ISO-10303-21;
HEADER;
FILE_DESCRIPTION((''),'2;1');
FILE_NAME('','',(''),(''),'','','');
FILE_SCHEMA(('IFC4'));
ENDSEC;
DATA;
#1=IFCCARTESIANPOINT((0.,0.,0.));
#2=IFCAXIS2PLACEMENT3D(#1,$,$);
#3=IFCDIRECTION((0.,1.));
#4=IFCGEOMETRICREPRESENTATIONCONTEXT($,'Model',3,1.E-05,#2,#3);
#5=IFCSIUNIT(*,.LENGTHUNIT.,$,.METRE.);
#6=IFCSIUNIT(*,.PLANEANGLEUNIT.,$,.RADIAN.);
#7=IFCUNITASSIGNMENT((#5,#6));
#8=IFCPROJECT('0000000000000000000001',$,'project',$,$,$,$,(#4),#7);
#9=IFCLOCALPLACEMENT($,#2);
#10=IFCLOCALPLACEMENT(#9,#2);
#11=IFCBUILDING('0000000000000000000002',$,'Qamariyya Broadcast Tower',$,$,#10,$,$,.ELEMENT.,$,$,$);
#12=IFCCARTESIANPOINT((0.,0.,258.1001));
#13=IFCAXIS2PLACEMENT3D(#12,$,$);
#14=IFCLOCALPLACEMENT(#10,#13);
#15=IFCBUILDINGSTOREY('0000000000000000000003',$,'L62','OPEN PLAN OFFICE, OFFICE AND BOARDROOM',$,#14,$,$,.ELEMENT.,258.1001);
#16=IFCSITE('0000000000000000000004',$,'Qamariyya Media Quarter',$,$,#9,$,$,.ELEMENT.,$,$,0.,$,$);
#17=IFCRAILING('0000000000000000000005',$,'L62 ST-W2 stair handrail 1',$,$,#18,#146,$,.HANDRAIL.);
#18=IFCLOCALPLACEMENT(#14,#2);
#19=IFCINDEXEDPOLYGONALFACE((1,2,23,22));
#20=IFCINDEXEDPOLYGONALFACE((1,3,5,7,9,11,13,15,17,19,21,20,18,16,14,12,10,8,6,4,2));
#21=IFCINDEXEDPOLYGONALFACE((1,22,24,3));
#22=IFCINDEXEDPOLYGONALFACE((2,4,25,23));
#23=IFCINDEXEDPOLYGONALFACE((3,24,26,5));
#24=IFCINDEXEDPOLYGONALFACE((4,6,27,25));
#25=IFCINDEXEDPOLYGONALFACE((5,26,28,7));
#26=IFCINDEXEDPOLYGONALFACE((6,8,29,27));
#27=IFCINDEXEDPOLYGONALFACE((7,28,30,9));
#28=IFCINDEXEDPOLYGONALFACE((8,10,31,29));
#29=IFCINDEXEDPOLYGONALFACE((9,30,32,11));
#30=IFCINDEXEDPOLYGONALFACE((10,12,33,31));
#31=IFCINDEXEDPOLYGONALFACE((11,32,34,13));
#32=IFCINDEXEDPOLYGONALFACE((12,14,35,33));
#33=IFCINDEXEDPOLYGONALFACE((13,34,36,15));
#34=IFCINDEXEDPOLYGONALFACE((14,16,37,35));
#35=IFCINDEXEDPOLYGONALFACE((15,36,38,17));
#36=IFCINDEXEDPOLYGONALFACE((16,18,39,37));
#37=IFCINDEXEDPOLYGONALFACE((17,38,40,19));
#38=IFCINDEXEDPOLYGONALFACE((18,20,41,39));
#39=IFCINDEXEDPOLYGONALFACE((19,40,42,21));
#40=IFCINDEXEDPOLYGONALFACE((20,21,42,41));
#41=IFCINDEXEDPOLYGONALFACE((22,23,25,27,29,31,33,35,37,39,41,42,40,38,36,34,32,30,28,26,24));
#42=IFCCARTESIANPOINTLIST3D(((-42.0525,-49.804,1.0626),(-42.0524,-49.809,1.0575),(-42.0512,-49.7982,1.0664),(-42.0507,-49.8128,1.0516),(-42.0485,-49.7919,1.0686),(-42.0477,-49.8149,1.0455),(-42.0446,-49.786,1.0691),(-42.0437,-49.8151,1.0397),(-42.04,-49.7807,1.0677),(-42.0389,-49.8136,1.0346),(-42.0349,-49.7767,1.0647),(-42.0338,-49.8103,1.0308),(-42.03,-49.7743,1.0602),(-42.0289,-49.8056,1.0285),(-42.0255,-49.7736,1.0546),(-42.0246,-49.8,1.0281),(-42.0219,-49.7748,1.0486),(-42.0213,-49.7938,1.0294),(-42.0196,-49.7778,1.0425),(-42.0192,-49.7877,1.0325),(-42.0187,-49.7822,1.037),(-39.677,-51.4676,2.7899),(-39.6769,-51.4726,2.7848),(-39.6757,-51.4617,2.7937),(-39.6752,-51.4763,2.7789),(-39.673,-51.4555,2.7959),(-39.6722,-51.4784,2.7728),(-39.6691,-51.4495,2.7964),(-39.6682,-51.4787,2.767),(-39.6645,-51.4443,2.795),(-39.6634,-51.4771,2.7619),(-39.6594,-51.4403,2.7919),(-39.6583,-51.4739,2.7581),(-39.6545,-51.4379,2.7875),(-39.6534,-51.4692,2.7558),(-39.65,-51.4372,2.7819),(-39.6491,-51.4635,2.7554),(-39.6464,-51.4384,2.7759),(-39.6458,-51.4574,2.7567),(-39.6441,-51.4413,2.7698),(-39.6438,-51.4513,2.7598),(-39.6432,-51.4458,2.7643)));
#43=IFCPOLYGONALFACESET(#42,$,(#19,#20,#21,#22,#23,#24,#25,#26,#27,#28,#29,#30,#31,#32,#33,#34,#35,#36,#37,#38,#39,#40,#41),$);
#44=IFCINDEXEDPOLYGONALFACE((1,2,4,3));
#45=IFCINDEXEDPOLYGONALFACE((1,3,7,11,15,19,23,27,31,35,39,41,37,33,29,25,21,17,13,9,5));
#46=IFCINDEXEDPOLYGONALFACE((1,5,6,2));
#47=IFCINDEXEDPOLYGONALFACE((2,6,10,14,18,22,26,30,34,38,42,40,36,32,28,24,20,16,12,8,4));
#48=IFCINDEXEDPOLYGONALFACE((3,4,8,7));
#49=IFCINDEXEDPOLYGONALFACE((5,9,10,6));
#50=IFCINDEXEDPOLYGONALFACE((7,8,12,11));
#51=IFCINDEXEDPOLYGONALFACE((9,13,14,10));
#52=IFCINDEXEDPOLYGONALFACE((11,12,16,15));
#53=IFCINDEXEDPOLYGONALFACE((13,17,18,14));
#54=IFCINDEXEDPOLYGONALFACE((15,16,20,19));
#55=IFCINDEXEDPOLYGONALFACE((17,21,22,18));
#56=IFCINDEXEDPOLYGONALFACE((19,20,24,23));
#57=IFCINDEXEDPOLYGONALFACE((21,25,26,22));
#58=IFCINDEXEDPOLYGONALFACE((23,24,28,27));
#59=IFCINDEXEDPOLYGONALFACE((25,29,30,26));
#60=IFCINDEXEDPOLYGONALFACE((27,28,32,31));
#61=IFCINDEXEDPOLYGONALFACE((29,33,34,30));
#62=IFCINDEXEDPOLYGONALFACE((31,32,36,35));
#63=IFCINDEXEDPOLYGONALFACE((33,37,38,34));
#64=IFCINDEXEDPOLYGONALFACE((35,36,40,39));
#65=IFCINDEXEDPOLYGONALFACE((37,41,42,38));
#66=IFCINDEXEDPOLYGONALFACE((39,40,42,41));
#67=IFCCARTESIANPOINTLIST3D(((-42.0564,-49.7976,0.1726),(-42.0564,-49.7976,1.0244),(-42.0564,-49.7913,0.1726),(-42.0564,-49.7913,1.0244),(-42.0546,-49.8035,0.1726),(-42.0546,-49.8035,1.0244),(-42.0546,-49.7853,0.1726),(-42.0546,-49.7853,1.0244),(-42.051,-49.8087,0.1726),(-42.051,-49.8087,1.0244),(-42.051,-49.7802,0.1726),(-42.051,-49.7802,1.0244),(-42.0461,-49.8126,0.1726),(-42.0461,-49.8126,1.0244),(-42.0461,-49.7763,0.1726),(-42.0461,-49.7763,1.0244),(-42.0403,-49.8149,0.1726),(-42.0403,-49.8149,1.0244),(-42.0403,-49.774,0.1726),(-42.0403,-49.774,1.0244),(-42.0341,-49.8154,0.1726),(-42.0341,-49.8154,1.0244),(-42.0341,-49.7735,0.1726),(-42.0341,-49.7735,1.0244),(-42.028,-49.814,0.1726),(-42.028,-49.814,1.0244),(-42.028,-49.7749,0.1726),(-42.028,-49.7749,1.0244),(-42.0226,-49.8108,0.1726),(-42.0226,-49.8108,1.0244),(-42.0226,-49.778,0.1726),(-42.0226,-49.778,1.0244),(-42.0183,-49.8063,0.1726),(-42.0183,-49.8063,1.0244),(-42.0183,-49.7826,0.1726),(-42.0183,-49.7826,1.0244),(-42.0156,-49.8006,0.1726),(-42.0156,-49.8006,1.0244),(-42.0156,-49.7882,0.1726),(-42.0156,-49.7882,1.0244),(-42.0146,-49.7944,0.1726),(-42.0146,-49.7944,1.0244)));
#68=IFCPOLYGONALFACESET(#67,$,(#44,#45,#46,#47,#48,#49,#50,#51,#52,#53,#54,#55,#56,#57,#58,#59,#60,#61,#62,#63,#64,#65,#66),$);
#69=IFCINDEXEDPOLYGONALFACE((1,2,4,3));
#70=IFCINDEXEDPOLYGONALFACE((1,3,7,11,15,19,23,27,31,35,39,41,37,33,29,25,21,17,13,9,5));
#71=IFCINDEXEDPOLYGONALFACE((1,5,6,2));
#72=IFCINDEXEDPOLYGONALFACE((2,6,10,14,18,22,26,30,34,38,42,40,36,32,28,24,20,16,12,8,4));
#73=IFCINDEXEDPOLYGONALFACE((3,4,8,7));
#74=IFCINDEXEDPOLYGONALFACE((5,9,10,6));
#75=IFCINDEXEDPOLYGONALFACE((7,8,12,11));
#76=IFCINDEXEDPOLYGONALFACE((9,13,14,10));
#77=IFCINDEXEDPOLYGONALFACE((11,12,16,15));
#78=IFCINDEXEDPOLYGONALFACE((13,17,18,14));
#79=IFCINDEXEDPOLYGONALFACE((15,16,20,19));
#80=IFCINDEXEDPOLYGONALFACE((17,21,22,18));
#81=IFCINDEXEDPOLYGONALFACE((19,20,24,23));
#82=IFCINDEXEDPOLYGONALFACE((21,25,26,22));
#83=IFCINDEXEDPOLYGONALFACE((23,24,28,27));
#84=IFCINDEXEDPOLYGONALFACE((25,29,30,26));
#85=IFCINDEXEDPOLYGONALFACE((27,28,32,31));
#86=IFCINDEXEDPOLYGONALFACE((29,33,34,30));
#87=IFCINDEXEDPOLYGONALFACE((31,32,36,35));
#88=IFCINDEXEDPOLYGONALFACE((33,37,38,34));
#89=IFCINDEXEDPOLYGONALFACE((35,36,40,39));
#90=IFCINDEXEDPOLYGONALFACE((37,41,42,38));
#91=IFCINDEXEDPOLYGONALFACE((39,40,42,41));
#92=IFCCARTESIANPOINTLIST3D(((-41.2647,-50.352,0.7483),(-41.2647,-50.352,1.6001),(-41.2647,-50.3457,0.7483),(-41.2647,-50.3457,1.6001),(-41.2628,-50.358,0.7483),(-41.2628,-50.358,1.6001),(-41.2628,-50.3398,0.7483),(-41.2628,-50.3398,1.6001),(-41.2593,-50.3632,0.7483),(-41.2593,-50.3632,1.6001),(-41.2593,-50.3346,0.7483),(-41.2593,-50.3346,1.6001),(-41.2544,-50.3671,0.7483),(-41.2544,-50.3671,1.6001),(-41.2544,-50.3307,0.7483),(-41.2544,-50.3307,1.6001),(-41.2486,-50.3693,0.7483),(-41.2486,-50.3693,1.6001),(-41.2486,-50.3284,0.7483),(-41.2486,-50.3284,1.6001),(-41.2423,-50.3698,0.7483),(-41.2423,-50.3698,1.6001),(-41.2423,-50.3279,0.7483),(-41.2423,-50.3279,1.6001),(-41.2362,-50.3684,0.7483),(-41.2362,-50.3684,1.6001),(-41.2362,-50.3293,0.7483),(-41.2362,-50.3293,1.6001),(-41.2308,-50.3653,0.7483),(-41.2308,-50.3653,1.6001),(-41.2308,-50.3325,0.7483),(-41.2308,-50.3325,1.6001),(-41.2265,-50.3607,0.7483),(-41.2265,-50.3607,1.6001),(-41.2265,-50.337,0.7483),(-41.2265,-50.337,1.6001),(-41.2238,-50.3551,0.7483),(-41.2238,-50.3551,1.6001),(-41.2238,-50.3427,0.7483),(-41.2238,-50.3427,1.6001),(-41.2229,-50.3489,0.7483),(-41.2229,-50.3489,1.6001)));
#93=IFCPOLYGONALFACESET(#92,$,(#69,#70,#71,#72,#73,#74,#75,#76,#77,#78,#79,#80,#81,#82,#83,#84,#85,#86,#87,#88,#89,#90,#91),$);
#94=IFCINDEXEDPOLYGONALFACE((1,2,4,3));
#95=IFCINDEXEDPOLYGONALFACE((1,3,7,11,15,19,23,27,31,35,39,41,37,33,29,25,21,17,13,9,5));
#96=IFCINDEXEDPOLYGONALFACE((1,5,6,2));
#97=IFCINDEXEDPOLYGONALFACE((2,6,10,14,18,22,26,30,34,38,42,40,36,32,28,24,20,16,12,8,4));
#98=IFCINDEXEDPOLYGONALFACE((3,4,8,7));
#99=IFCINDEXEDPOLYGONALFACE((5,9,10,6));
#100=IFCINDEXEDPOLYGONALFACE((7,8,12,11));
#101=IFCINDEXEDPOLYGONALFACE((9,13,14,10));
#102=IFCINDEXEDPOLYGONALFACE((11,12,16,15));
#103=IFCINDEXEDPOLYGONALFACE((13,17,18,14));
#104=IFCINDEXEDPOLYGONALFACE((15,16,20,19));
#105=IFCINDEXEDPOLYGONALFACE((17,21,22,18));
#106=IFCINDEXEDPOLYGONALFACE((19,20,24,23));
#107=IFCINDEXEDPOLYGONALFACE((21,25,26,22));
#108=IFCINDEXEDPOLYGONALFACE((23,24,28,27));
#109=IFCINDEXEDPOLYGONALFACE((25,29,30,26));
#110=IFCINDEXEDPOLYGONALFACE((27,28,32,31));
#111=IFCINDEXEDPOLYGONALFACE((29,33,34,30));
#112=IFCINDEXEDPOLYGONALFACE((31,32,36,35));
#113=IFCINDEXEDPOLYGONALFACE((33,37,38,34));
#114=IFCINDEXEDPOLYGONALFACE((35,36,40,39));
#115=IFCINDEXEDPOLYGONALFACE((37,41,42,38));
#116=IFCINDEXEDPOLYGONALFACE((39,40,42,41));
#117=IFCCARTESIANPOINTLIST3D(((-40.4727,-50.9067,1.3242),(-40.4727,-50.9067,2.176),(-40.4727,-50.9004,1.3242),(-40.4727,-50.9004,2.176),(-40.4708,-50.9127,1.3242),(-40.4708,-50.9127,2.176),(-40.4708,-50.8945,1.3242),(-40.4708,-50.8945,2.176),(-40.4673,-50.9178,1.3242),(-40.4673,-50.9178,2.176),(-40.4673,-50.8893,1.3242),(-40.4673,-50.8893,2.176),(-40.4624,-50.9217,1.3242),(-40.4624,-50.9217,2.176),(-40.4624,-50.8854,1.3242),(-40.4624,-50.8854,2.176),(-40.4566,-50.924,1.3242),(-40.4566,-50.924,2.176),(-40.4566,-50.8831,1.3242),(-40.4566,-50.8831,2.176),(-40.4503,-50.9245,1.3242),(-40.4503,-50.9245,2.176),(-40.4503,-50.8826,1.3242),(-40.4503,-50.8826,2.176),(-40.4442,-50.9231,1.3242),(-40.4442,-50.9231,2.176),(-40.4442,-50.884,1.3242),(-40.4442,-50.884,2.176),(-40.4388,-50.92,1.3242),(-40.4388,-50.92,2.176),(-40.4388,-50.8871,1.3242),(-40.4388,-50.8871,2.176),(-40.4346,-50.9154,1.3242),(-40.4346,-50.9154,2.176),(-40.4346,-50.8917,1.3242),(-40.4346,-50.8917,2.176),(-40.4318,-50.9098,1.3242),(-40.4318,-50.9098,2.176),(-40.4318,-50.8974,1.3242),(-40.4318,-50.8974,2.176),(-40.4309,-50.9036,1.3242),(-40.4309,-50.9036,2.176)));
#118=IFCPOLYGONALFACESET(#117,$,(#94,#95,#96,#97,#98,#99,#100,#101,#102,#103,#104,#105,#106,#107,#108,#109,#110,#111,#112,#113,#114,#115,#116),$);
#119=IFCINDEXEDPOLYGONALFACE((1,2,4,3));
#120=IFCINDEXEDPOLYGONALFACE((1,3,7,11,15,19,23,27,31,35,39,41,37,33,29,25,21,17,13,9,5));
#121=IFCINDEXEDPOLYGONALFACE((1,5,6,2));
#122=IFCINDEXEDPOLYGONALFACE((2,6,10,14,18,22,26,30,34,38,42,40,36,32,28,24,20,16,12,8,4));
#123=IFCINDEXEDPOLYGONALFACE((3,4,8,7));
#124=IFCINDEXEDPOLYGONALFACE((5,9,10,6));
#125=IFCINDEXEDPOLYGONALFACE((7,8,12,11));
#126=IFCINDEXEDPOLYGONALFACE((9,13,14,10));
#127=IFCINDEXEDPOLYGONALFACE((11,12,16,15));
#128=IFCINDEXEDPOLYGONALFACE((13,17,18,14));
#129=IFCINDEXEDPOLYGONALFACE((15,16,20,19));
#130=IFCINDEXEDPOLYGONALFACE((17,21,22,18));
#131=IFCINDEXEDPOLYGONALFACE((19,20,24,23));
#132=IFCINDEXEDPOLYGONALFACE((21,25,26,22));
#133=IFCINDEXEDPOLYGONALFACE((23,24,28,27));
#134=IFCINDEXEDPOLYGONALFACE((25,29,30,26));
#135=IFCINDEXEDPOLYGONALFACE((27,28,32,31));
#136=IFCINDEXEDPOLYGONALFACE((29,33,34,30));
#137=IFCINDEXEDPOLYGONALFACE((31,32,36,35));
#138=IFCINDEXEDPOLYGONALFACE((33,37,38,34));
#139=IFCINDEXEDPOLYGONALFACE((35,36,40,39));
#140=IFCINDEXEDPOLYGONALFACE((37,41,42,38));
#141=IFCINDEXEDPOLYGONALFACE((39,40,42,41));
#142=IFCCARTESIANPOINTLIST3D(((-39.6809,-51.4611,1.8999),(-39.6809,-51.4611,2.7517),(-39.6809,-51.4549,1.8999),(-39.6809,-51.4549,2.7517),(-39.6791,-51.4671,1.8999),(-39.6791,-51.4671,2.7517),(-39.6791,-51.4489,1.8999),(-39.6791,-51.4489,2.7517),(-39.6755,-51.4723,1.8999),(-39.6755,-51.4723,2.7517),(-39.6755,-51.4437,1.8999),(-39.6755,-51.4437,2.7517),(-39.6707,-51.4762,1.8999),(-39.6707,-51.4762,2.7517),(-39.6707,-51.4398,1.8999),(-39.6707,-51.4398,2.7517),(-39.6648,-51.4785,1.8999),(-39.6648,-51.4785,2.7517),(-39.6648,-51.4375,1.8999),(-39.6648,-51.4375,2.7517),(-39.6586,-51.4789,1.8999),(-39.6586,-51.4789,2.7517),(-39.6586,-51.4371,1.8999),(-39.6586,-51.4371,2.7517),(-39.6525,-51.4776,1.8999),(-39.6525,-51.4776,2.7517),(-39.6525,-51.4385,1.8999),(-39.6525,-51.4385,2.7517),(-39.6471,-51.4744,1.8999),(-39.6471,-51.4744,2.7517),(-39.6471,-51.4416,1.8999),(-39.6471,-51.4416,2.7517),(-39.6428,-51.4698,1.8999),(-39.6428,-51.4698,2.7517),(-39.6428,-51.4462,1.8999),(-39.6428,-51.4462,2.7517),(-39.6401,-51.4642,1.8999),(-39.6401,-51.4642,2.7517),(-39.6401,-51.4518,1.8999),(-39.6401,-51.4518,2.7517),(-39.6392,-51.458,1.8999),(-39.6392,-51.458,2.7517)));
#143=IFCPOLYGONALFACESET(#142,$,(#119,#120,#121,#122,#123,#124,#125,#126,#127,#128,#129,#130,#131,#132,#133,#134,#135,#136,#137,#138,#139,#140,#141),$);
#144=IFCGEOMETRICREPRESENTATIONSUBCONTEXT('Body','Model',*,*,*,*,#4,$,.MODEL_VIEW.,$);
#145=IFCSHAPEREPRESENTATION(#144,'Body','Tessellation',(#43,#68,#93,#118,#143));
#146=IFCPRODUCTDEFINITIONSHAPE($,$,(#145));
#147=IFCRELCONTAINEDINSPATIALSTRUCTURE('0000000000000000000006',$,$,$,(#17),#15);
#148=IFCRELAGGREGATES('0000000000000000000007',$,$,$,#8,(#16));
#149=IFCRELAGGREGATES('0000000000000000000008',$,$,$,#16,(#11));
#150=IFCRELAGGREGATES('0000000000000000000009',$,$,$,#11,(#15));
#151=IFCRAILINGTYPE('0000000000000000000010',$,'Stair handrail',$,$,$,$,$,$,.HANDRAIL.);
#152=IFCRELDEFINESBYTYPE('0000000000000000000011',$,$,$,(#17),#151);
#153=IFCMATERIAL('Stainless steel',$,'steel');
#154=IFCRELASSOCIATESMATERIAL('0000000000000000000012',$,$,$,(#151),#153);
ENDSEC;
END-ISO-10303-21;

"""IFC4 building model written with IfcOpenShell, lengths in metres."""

from ifc_helpers import new_model, si_unit, direction, frame, origin, origin_2d, place, context, subcontext, project, spatial, circle, extrude, material, type_object, element, save


model = new_model("IFC4")

# Units and contexts
model_context = context("Model", 3, precision=1e-05, world=origin(), true_north=direction((0.0, 1.0)))
body_context = subcontext(model_context, "Body", "Model", "MODEL_VIEW")
ifc_project = project(units=[si_unit("LENGTHUNIT", "METRE"), si_unit("PLANEANGLEUNIT", "RADIAN")], contexts=[model_context])

# Site, building, storey
site_placement = place(None, origin())
site = spatial("IfcSite", under=ifc_project, at=site_placement, Name="Qamariyya Media Quarter", CompositionType="ELEMENT", RefElevation=0.0)
building_placement = place(site_placement, origin())
building = spatial("IfcBuilding", under=site, at=building_placement, Name="Qamariyya Broadcast Tower", CompositionType="ELEMENT")
storey_placement = place(building_placement, frame((0.0, 0.0, 258.1001)))
storey = spatial("IfcBuildingStorey", under=building, at=storey_placement, Name="L62", Description="OPEN PLAN OFFICE, OFFICE AND BOARDROOM", CompositionType="ELEMENT", Elevation=258.1001)

# Railing
ifc_material_1 = material(Name="Stainless steel", Category="steel")
railing_type_1 = type_object("IfcRailingType", Name="Stair handrail", PredefinedType="HANDRAIL", material=ifc_material_1)
railing_1_placement = place(storey_placement, frame((-42.0356, -49.7944, 0.1726)))
element("IfcRailing", 1, at=railing_1_placement, inside=storey, type_object=railing_type_1, Name="L62 ST-W2 stair handrail 1", PredefinedType="HANDRAIL", context=body_context, shape_type="SweptSolid", body=[
    extrude(circle(Radius=0.0239, at=origin_2d()), frame((0.0, 0.0, 0.876), z_axis=(0.703745, -0.492838, 0.511716), x_axis=(0.573632, 0.819113, 0.0)), (0.0, 0.0, 1.0), 3.3755),
    extrude(circle(Radius=0.021, at=origin_2d()), origin(), (0.0, 0.0, 1.0), 0.8518),
    extrude(circle(Radius=0.021, at=origin_2d()), frame((0.7917, -0.5544, 0.5757)), (0.0, 0.0, 1.0), 0.8518),
    extrude(circle(Radius=0.021, at=origin_2d()), frame((1.5837, -1.1091, 1.1516)), (0.0, 0.0, 1.0), 0.8518),
    extrude(circle(Radius=0.021, at=origin_2d()), frame((2.3755, -1.6636, 1.7273)), (0.0, 0.0, 1.0), 0.8518),
])

save(model, "model.ifc")
